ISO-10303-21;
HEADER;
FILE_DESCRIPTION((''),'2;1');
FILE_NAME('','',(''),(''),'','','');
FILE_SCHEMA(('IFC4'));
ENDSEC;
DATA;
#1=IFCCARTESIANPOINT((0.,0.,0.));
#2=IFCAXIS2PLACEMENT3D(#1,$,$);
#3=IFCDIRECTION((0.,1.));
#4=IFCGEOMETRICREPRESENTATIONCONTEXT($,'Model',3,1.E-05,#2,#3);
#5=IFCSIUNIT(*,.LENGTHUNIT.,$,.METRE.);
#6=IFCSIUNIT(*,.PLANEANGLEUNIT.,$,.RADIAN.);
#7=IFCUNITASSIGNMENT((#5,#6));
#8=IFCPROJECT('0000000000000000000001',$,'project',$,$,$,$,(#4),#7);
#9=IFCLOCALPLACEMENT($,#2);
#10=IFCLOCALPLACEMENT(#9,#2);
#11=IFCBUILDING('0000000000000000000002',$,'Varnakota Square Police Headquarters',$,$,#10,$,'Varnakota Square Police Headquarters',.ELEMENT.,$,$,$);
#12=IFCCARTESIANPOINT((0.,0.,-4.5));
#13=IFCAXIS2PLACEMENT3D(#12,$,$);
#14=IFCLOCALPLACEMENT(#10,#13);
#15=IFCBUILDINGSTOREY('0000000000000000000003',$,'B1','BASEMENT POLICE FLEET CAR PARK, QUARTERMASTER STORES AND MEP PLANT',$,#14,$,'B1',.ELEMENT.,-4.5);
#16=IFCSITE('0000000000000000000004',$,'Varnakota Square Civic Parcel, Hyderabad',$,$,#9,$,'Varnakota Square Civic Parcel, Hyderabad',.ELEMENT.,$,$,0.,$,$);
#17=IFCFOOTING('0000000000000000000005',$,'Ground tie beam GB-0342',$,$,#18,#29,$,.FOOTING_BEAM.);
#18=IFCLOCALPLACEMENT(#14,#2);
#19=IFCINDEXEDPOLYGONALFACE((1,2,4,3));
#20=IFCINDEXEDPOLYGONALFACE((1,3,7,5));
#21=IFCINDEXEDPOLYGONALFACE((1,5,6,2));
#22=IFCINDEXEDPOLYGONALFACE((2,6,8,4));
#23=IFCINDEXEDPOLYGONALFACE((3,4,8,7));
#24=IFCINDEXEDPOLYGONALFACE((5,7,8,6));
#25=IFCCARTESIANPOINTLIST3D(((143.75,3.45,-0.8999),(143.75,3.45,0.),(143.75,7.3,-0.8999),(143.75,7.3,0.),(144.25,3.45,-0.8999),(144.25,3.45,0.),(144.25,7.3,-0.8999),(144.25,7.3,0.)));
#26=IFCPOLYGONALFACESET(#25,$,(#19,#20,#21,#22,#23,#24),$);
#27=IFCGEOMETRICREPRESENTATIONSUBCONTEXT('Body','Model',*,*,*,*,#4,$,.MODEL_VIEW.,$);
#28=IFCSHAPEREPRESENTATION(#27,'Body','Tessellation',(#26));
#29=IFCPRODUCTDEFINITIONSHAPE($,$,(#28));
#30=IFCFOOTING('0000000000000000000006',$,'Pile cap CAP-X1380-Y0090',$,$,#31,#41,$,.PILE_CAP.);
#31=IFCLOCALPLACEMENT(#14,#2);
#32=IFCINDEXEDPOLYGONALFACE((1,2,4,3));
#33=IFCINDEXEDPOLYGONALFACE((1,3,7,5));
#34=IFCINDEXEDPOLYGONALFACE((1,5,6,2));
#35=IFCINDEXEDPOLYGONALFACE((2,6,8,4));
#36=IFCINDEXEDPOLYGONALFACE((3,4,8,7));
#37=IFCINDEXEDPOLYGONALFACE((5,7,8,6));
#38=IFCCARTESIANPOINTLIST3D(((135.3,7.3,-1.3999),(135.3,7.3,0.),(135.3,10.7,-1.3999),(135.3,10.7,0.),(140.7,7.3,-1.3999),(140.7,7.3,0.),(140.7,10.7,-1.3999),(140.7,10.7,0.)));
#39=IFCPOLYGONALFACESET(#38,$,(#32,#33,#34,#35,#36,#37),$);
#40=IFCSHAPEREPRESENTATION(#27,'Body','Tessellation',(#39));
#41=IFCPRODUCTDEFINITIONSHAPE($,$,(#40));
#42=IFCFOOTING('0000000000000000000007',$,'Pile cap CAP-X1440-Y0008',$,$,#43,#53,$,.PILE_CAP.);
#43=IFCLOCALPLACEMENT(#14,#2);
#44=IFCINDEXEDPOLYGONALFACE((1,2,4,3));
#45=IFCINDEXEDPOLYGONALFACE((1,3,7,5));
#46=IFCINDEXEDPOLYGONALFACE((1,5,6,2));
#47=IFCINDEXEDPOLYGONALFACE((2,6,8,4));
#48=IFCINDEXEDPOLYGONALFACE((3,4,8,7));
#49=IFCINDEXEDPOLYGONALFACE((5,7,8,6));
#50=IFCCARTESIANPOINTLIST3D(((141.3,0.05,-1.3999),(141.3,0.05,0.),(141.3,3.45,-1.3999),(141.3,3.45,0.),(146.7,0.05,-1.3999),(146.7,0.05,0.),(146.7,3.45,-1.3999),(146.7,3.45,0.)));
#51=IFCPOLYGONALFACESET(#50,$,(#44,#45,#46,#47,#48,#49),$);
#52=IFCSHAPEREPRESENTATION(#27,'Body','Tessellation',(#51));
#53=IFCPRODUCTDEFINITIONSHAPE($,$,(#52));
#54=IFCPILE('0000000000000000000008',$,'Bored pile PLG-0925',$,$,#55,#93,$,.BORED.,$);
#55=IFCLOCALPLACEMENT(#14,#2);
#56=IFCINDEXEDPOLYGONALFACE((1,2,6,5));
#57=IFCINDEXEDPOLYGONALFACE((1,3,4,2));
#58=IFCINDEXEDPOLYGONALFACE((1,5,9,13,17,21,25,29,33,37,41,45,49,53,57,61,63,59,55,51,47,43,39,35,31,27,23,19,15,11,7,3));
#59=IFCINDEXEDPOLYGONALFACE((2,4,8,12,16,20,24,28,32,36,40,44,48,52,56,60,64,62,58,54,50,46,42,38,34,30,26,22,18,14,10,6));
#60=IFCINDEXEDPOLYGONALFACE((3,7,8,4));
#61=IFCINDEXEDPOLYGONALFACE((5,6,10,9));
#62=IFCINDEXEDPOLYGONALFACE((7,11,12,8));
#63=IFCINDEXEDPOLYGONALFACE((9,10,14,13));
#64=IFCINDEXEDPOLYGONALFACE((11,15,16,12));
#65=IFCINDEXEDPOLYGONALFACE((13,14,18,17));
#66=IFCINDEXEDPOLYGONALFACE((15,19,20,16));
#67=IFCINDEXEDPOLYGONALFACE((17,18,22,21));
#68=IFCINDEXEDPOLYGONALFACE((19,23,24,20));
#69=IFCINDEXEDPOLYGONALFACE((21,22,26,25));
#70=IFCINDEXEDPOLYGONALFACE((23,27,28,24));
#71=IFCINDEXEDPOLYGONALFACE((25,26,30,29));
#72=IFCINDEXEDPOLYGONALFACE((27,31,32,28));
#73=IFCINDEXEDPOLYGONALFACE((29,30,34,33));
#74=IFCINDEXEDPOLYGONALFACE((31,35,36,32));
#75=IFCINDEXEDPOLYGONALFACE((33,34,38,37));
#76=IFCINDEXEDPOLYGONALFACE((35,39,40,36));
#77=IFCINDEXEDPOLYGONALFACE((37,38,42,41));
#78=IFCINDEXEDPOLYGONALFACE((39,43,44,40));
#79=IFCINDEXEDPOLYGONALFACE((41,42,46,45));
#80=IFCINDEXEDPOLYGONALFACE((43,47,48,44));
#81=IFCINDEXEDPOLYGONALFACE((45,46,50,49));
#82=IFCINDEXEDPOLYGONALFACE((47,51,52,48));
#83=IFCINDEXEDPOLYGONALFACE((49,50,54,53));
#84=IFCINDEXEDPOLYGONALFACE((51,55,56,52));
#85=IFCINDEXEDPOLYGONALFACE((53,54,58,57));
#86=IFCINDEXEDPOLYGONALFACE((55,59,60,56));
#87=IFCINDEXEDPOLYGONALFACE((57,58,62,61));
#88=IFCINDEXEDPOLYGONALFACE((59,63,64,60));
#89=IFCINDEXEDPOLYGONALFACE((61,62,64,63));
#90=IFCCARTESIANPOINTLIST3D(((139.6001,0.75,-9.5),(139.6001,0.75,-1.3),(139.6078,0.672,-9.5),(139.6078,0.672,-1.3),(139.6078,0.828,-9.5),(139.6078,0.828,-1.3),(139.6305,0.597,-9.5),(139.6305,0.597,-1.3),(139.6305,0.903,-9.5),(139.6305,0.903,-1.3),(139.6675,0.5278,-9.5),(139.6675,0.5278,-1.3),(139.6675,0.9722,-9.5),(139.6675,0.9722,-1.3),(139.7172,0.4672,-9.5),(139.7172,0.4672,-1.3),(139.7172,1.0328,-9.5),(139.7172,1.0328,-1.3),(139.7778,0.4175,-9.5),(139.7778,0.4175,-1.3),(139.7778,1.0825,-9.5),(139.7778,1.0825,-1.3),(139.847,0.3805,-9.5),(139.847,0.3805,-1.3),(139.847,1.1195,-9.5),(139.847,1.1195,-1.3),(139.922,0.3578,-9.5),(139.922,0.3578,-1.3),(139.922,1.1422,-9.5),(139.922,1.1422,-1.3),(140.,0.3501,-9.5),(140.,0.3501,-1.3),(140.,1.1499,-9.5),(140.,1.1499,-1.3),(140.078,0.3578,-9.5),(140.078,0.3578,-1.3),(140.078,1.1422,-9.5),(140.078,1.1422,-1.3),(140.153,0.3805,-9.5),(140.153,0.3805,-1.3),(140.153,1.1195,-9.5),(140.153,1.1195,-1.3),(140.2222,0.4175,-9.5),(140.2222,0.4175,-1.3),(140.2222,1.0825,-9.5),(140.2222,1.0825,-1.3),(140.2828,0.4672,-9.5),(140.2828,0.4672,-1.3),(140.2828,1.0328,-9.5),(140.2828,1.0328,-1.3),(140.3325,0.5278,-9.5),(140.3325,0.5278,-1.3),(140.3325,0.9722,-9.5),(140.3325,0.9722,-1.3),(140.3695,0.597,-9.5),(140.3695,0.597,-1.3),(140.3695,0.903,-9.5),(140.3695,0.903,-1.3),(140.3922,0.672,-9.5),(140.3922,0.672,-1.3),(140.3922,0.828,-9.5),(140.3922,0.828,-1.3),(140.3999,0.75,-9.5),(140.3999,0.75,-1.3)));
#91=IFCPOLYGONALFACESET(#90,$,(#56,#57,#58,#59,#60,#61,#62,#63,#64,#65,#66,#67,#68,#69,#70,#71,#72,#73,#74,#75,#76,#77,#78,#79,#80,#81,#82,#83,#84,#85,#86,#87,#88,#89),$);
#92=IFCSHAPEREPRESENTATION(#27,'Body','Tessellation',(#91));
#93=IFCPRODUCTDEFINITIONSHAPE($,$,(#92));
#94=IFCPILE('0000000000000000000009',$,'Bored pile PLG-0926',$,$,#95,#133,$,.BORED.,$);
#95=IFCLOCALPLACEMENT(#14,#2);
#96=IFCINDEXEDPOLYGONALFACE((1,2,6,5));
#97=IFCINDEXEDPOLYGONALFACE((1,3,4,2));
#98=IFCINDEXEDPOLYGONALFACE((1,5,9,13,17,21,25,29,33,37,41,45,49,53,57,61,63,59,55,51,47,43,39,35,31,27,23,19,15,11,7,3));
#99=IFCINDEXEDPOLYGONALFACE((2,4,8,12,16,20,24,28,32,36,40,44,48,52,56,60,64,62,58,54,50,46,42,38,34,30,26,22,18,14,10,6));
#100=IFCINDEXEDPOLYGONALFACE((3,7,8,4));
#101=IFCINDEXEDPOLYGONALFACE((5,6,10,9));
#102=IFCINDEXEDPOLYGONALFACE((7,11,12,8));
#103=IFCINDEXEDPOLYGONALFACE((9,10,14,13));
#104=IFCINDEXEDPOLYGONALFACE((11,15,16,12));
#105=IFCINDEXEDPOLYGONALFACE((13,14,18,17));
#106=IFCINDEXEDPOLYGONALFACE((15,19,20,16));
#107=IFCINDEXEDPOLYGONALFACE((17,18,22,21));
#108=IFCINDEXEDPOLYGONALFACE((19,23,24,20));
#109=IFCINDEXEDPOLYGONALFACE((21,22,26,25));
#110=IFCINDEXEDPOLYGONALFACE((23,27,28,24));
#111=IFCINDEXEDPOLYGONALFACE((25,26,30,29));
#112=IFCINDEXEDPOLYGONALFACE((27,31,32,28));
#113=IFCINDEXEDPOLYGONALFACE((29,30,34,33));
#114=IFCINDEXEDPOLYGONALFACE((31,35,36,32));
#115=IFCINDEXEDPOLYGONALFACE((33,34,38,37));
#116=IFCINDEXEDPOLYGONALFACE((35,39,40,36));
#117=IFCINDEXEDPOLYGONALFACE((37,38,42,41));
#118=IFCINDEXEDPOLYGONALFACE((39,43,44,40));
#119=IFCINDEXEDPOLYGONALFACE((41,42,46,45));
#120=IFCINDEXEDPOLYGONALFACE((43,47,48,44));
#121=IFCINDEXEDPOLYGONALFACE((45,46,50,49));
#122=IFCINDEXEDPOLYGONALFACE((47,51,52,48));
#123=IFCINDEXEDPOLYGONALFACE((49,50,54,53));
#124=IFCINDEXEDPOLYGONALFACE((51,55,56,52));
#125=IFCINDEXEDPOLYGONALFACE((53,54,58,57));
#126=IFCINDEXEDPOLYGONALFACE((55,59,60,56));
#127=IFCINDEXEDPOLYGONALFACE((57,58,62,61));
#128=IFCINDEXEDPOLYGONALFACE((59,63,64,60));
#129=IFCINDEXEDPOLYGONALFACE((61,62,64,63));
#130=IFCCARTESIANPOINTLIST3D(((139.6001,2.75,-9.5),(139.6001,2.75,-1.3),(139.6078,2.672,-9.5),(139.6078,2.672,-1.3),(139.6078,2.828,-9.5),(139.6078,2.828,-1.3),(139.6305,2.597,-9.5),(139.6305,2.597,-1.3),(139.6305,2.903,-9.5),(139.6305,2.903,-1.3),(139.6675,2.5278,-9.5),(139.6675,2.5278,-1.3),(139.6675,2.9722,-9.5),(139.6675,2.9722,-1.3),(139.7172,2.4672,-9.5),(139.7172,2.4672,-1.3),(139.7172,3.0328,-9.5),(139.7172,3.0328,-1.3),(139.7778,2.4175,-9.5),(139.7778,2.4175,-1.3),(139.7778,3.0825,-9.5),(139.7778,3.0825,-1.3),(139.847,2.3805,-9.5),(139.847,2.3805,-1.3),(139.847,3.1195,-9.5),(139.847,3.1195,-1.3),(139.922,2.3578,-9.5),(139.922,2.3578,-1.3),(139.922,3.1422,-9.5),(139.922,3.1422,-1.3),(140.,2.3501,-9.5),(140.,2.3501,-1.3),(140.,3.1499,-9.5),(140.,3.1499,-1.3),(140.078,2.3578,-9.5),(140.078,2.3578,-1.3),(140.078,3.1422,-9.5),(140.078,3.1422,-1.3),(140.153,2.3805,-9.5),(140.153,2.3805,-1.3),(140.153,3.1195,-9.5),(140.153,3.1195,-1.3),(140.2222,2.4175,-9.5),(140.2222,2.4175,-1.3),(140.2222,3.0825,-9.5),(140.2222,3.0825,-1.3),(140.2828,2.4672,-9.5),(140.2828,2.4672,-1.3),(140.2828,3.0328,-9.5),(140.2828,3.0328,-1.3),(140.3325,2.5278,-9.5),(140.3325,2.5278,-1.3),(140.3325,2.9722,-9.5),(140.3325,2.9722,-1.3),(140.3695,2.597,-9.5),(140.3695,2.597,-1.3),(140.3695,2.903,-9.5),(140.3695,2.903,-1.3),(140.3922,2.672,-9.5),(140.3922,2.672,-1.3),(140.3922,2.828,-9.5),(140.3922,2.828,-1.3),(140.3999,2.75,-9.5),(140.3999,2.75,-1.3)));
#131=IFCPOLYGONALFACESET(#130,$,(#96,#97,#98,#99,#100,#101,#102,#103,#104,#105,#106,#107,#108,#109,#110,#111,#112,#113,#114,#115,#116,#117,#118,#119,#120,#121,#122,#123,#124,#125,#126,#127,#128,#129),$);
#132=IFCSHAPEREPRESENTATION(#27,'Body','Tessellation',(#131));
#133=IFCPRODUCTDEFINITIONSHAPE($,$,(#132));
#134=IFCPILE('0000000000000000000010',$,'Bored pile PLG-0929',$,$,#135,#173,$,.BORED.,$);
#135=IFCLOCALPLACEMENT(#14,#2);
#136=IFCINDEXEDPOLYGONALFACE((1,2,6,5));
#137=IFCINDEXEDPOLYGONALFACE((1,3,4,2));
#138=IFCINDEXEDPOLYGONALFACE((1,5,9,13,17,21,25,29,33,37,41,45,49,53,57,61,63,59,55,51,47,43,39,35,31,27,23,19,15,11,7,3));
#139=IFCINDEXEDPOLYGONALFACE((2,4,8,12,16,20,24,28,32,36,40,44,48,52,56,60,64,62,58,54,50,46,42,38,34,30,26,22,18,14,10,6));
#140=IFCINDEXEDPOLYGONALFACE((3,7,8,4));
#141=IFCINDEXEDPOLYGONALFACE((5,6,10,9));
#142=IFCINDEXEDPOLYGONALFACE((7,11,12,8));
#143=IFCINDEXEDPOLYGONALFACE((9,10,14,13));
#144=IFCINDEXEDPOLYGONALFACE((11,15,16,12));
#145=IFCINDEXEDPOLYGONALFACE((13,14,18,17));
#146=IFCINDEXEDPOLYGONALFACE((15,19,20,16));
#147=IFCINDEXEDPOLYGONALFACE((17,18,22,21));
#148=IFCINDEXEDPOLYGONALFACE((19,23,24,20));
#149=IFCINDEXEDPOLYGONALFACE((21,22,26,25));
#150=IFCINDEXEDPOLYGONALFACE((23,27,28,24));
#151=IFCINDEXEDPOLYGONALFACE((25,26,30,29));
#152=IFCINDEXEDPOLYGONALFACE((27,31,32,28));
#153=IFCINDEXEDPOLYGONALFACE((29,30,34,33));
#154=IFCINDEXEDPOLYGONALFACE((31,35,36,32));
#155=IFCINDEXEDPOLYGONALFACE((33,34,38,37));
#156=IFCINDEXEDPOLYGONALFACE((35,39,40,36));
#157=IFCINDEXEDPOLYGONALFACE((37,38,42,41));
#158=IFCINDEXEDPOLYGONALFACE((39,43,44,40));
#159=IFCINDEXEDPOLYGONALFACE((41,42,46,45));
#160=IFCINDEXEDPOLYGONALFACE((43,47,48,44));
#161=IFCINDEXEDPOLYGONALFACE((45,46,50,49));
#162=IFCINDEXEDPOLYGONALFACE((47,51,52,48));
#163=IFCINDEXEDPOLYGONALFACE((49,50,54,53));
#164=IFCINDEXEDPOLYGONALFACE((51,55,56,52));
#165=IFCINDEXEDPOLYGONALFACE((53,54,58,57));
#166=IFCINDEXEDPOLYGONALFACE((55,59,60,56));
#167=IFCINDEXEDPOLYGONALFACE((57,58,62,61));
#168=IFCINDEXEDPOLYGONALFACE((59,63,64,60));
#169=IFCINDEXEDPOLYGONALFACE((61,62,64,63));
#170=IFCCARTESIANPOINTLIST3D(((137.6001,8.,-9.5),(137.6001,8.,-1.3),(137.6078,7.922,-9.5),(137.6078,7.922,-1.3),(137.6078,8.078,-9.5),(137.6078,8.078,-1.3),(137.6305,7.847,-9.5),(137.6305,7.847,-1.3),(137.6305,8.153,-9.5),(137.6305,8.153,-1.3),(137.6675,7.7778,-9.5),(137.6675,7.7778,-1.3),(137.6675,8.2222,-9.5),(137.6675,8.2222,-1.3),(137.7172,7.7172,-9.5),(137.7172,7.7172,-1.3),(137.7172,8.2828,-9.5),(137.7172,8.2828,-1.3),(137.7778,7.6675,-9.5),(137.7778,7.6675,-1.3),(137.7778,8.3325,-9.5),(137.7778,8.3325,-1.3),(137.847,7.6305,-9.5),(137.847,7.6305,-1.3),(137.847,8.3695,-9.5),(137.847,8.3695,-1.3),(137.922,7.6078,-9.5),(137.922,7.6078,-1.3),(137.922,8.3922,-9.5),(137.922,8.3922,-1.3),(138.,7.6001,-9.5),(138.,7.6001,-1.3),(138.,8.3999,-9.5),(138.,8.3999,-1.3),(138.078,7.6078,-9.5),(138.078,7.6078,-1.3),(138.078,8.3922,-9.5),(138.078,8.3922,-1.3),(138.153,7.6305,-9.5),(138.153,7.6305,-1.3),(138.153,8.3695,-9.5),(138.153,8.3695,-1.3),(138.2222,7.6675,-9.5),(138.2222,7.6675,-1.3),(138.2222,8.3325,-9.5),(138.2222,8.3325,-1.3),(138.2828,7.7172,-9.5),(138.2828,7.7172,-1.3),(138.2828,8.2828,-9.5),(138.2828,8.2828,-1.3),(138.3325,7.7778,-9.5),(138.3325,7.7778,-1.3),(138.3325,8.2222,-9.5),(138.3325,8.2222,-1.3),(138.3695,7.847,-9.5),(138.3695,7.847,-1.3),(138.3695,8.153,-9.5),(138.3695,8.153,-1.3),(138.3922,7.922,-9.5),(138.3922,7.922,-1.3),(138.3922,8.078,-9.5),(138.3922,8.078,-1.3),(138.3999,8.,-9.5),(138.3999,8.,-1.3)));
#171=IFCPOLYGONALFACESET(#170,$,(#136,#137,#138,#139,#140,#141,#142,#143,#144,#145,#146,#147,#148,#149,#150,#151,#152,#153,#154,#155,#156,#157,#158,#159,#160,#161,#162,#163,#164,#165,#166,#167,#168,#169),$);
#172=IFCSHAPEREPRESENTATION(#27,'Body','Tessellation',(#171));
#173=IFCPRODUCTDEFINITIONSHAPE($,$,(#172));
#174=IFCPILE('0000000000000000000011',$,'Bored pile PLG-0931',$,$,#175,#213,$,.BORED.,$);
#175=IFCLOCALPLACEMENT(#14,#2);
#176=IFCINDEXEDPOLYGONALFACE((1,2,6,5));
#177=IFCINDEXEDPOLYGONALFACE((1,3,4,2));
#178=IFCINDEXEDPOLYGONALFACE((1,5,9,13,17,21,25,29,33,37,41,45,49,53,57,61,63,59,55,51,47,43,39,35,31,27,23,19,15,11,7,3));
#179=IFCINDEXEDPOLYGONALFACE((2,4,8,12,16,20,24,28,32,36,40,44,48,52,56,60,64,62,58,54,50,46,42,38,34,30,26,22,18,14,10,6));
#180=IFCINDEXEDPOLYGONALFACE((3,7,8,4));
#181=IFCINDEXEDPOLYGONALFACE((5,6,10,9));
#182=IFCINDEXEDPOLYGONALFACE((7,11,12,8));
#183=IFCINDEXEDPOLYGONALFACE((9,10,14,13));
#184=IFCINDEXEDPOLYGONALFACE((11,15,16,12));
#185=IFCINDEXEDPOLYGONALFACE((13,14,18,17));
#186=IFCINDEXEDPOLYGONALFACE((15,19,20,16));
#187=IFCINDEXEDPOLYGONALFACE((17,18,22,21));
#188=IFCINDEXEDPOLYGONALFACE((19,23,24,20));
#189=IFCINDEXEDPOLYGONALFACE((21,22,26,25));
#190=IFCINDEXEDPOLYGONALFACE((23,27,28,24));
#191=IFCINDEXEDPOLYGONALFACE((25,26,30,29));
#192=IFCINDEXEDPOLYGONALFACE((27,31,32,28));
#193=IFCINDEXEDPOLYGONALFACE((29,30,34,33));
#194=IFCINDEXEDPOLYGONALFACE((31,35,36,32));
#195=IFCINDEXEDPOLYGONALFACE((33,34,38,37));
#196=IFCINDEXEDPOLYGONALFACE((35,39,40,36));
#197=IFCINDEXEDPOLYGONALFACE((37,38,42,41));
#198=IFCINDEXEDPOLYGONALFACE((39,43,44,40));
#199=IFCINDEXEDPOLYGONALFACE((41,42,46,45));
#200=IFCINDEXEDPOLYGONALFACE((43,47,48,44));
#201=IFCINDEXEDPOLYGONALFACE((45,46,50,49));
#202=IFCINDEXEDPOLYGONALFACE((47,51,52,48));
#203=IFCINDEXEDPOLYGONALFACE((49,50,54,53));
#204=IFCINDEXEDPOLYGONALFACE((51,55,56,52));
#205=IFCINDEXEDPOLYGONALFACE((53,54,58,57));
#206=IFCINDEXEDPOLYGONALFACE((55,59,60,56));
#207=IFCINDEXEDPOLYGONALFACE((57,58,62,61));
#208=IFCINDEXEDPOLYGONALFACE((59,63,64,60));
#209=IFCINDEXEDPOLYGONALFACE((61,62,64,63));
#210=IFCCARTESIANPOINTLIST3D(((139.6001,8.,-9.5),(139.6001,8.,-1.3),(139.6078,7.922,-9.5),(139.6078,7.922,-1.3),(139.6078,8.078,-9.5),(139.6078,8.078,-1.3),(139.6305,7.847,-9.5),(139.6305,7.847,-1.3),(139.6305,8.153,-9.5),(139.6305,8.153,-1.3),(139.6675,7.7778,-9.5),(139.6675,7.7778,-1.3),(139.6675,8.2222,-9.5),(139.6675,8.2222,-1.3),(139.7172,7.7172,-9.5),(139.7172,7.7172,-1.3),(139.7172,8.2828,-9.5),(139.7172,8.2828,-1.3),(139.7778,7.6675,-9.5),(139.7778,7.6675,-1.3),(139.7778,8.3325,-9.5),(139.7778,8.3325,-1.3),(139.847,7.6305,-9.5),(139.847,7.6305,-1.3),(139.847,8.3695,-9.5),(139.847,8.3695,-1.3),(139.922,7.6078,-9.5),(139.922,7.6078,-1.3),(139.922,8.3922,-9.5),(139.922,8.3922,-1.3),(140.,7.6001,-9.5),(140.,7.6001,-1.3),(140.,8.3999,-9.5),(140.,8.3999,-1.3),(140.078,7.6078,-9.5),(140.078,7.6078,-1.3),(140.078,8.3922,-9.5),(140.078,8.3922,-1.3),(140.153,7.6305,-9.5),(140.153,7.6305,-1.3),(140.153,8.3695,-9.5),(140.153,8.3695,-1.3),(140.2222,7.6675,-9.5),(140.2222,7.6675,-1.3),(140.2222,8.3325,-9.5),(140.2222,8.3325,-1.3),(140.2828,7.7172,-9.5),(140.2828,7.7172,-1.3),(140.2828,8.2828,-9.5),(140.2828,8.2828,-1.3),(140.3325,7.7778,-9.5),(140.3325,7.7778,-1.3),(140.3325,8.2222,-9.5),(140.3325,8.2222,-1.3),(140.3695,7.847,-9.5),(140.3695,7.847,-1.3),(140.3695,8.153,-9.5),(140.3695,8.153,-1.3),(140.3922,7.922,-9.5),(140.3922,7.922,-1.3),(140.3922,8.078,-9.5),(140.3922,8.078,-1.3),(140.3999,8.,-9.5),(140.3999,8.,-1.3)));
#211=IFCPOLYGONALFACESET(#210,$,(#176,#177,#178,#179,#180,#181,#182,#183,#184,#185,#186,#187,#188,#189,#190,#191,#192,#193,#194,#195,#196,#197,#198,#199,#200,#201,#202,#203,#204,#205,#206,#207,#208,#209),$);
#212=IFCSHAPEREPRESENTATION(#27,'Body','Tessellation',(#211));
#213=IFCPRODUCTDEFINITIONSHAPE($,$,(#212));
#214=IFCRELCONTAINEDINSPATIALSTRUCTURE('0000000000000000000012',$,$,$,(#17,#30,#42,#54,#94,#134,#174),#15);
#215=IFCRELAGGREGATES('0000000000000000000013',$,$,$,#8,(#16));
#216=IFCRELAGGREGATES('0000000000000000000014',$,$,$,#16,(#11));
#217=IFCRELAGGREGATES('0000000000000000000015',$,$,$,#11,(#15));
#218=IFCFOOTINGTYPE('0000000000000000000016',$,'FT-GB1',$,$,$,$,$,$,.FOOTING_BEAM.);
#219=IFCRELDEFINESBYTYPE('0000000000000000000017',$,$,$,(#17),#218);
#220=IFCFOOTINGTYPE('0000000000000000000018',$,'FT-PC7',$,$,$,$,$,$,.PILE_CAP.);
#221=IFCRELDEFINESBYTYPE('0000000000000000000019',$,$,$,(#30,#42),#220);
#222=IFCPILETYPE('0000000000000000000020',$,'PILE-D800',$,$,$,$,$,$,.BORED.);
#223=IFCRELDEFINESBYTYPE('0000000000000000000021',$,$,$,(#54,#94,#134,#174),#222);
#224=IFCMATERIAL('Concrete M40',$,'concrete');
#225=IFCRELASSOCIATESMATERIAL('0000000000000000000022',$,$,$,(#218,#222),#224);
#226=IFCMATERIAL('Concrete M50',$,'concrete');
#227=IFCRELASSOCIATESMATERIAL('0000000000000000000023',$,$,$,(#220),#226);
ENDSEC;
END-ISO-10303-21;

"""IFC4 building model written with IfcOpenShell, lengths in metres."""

from ifc_helpers import new_model, si_unit, direction, frame, origin, origin_2d, place, context, subcontext, project, spatial, rectangle, circle, extrude, material, material_profile, profile_set, type_object, element, save


model = new_model("IFC4")

# Units and contexts
model_context = context("Model", 3, precision=1e-05, world=origin(), true_north=direction((0.0, 1.0)))
body_context = subcontext(model_context, "Body", "Model", "MODEL_VIEW")
ifc_project = project(units=[si_unit("LENGTHUNIT", "METRE"), si_unit("PLANEANGLEUNIT", "RADIAN")], contexts=[model_context])

# Site, building, storey
site_placement = place(None, origin())
site = spatial("IfcSite", under=ifc_project, at=site_placement, Name="Varnakota Square Civic Parcel, Hyderabad", LongName="Varnakota Square Civic Parcel, Hyderabad", CompositionType="ELEMENT", RefElevation=0.0)
building_placement = place(site_placement, origin())
building = spatial("IfcBuilding", under=site, at=building_placement, Name="Varnakota Square Police Headquarters", LongName="Varnakota Square Police Headquarters", CompositionType="ELEMENT")
storey_placement = place(building_placement, frame((0.0, 0.0, -4.5)))
storey = spatial("IfcBuildingStorey", under=building, at=storey_placement, Name="B1", Description="BASEMENT POLICE FLEET CAR PARK, QUARTERMASTER STORES AND MEP PLANT", LongName="B1", CompositionType="ELEMENT", Elevation=-4.5)

# Footings
ifc_material_1 = material(Name="Concrete M40", Category="concrete")
ifc_material_profile_1 = material_profile(ifc_material_1, rectangle(XDim=0.5, YDim=0.8999, at=origin_2d()), Name="GB 500x900")
ifc_profile_set_1 = profile_set([ifc_material_profile_1], Name="Concrete M40")
footing_type_1 = type_object("IfcFootingType", Name="FT-GB1", PredefinedType="FOOTING_BEAM", material=ifc_profile_set_1)
footing_placement = place(storey_placement, frame((144.0, 3.45, -0.45), z_axis=(0.0, 1.0, 0.0), x_axis=(-1.0, 0.0, 0.0)))
element("IfcFooting", 1, at=footing_placement, inside=storey, type_object=footing_type_1, Name="Ground tie beam GB-0342", PredefinedType="FOOTING_BEAM", context=body_context, shape_type="SweptSolid", body=[
    extrude(rectangle(XDim=0.5, YDim=0.8999, at=origin_2d()), origin(), (0.0, 0.0, 1.0), 3.8501),
])
ifc_material_2 = material(Name="Concrete M50", Category="concrete")
footing_type_2 = type_object("IfcFootingType", Name="FT-PC7", PredefinedType="PILE_CAP", material=ifc_material_2)
for number, where, z_axis, x_axis, name in (
    (2, (138.0, 9.0, -1.3999), (0.0, 0.0, 1.0), (1.0, 0.0, 0.0), "Pile cap CAP-X1380-Y0090"),
    (3, (144.0, 1.75, -1.3999), (0.0, 0.0, 1.0), (1.0, 0.0, 0.0), "Pile cap CAP-X1440-Y0008"),
):
    element("IfcFooting", number, at=place(storey_placement, frame(where, z_axis=z_axis, x_axis=x_axis)), inside=storey, type_object=footing_type_2, Name=name, PredefinedType="PILE_CAP", context=body_context, shape_type="SweptSolid", body=[
        extrude(rectangle(XDim=5.3999, YDim=3.3999, at=origin_2d()), origin(), (0.0, 0.0, 1.0), 1.3999),
    ])

# Piles
ifc_material_profile_2 = material_profile(ifc_material_1, circle(Radius=0.3999, at=origin_2d()), Name="BORED PILE 800")
ifc_profile_set_2 = profile_set([ifc_material_profile_2], Name="Concrete M40")
pile_type = type_object("IfcPileType", Name="PILE-D800", PredefinedType="BORED", material=ifc_profile_set_2)
for number, where, z_axis, x_axis, name in (
    (4, (140.0, 0.75, -1.3), (0.0, 0.0, -1.0), (1.0, 0.0, 0.0), "Bored pile PLG-0925"),
    (5, (140.0, 2.75, -1.3), (0.0, 0.0, -1.0), (1.0, 0.0, 0.0), "Bored pile PLG-0926"),
    (6, (138.0, 8.0, -1.3), (0.0, 0.0, -1.0), (1.0, 0.0, 0.0), "Bored pile PLG-0929"),
    (7, (140.0, 8.0, -1.3), (0.0, 0.0, -1.0), (1.0, 0.0, 0.0), "Bored pile PLG-0931"),
):
    element("IfcPile", number, at=place(storey_placement, frame(where, z_axis=z_axis, x_axis=x_axis)), inside=storey, type_object=pile_type, Name=name, PredefinedType="BORED", context=body_context, shape_type="SweptSolid", body=[
        extrude(circle(Radius=0.3999, at=origin_2d()), origin(), (0.0, 0.0, 1.0), 8.2),
    ])

save(model, "model.ifc")
